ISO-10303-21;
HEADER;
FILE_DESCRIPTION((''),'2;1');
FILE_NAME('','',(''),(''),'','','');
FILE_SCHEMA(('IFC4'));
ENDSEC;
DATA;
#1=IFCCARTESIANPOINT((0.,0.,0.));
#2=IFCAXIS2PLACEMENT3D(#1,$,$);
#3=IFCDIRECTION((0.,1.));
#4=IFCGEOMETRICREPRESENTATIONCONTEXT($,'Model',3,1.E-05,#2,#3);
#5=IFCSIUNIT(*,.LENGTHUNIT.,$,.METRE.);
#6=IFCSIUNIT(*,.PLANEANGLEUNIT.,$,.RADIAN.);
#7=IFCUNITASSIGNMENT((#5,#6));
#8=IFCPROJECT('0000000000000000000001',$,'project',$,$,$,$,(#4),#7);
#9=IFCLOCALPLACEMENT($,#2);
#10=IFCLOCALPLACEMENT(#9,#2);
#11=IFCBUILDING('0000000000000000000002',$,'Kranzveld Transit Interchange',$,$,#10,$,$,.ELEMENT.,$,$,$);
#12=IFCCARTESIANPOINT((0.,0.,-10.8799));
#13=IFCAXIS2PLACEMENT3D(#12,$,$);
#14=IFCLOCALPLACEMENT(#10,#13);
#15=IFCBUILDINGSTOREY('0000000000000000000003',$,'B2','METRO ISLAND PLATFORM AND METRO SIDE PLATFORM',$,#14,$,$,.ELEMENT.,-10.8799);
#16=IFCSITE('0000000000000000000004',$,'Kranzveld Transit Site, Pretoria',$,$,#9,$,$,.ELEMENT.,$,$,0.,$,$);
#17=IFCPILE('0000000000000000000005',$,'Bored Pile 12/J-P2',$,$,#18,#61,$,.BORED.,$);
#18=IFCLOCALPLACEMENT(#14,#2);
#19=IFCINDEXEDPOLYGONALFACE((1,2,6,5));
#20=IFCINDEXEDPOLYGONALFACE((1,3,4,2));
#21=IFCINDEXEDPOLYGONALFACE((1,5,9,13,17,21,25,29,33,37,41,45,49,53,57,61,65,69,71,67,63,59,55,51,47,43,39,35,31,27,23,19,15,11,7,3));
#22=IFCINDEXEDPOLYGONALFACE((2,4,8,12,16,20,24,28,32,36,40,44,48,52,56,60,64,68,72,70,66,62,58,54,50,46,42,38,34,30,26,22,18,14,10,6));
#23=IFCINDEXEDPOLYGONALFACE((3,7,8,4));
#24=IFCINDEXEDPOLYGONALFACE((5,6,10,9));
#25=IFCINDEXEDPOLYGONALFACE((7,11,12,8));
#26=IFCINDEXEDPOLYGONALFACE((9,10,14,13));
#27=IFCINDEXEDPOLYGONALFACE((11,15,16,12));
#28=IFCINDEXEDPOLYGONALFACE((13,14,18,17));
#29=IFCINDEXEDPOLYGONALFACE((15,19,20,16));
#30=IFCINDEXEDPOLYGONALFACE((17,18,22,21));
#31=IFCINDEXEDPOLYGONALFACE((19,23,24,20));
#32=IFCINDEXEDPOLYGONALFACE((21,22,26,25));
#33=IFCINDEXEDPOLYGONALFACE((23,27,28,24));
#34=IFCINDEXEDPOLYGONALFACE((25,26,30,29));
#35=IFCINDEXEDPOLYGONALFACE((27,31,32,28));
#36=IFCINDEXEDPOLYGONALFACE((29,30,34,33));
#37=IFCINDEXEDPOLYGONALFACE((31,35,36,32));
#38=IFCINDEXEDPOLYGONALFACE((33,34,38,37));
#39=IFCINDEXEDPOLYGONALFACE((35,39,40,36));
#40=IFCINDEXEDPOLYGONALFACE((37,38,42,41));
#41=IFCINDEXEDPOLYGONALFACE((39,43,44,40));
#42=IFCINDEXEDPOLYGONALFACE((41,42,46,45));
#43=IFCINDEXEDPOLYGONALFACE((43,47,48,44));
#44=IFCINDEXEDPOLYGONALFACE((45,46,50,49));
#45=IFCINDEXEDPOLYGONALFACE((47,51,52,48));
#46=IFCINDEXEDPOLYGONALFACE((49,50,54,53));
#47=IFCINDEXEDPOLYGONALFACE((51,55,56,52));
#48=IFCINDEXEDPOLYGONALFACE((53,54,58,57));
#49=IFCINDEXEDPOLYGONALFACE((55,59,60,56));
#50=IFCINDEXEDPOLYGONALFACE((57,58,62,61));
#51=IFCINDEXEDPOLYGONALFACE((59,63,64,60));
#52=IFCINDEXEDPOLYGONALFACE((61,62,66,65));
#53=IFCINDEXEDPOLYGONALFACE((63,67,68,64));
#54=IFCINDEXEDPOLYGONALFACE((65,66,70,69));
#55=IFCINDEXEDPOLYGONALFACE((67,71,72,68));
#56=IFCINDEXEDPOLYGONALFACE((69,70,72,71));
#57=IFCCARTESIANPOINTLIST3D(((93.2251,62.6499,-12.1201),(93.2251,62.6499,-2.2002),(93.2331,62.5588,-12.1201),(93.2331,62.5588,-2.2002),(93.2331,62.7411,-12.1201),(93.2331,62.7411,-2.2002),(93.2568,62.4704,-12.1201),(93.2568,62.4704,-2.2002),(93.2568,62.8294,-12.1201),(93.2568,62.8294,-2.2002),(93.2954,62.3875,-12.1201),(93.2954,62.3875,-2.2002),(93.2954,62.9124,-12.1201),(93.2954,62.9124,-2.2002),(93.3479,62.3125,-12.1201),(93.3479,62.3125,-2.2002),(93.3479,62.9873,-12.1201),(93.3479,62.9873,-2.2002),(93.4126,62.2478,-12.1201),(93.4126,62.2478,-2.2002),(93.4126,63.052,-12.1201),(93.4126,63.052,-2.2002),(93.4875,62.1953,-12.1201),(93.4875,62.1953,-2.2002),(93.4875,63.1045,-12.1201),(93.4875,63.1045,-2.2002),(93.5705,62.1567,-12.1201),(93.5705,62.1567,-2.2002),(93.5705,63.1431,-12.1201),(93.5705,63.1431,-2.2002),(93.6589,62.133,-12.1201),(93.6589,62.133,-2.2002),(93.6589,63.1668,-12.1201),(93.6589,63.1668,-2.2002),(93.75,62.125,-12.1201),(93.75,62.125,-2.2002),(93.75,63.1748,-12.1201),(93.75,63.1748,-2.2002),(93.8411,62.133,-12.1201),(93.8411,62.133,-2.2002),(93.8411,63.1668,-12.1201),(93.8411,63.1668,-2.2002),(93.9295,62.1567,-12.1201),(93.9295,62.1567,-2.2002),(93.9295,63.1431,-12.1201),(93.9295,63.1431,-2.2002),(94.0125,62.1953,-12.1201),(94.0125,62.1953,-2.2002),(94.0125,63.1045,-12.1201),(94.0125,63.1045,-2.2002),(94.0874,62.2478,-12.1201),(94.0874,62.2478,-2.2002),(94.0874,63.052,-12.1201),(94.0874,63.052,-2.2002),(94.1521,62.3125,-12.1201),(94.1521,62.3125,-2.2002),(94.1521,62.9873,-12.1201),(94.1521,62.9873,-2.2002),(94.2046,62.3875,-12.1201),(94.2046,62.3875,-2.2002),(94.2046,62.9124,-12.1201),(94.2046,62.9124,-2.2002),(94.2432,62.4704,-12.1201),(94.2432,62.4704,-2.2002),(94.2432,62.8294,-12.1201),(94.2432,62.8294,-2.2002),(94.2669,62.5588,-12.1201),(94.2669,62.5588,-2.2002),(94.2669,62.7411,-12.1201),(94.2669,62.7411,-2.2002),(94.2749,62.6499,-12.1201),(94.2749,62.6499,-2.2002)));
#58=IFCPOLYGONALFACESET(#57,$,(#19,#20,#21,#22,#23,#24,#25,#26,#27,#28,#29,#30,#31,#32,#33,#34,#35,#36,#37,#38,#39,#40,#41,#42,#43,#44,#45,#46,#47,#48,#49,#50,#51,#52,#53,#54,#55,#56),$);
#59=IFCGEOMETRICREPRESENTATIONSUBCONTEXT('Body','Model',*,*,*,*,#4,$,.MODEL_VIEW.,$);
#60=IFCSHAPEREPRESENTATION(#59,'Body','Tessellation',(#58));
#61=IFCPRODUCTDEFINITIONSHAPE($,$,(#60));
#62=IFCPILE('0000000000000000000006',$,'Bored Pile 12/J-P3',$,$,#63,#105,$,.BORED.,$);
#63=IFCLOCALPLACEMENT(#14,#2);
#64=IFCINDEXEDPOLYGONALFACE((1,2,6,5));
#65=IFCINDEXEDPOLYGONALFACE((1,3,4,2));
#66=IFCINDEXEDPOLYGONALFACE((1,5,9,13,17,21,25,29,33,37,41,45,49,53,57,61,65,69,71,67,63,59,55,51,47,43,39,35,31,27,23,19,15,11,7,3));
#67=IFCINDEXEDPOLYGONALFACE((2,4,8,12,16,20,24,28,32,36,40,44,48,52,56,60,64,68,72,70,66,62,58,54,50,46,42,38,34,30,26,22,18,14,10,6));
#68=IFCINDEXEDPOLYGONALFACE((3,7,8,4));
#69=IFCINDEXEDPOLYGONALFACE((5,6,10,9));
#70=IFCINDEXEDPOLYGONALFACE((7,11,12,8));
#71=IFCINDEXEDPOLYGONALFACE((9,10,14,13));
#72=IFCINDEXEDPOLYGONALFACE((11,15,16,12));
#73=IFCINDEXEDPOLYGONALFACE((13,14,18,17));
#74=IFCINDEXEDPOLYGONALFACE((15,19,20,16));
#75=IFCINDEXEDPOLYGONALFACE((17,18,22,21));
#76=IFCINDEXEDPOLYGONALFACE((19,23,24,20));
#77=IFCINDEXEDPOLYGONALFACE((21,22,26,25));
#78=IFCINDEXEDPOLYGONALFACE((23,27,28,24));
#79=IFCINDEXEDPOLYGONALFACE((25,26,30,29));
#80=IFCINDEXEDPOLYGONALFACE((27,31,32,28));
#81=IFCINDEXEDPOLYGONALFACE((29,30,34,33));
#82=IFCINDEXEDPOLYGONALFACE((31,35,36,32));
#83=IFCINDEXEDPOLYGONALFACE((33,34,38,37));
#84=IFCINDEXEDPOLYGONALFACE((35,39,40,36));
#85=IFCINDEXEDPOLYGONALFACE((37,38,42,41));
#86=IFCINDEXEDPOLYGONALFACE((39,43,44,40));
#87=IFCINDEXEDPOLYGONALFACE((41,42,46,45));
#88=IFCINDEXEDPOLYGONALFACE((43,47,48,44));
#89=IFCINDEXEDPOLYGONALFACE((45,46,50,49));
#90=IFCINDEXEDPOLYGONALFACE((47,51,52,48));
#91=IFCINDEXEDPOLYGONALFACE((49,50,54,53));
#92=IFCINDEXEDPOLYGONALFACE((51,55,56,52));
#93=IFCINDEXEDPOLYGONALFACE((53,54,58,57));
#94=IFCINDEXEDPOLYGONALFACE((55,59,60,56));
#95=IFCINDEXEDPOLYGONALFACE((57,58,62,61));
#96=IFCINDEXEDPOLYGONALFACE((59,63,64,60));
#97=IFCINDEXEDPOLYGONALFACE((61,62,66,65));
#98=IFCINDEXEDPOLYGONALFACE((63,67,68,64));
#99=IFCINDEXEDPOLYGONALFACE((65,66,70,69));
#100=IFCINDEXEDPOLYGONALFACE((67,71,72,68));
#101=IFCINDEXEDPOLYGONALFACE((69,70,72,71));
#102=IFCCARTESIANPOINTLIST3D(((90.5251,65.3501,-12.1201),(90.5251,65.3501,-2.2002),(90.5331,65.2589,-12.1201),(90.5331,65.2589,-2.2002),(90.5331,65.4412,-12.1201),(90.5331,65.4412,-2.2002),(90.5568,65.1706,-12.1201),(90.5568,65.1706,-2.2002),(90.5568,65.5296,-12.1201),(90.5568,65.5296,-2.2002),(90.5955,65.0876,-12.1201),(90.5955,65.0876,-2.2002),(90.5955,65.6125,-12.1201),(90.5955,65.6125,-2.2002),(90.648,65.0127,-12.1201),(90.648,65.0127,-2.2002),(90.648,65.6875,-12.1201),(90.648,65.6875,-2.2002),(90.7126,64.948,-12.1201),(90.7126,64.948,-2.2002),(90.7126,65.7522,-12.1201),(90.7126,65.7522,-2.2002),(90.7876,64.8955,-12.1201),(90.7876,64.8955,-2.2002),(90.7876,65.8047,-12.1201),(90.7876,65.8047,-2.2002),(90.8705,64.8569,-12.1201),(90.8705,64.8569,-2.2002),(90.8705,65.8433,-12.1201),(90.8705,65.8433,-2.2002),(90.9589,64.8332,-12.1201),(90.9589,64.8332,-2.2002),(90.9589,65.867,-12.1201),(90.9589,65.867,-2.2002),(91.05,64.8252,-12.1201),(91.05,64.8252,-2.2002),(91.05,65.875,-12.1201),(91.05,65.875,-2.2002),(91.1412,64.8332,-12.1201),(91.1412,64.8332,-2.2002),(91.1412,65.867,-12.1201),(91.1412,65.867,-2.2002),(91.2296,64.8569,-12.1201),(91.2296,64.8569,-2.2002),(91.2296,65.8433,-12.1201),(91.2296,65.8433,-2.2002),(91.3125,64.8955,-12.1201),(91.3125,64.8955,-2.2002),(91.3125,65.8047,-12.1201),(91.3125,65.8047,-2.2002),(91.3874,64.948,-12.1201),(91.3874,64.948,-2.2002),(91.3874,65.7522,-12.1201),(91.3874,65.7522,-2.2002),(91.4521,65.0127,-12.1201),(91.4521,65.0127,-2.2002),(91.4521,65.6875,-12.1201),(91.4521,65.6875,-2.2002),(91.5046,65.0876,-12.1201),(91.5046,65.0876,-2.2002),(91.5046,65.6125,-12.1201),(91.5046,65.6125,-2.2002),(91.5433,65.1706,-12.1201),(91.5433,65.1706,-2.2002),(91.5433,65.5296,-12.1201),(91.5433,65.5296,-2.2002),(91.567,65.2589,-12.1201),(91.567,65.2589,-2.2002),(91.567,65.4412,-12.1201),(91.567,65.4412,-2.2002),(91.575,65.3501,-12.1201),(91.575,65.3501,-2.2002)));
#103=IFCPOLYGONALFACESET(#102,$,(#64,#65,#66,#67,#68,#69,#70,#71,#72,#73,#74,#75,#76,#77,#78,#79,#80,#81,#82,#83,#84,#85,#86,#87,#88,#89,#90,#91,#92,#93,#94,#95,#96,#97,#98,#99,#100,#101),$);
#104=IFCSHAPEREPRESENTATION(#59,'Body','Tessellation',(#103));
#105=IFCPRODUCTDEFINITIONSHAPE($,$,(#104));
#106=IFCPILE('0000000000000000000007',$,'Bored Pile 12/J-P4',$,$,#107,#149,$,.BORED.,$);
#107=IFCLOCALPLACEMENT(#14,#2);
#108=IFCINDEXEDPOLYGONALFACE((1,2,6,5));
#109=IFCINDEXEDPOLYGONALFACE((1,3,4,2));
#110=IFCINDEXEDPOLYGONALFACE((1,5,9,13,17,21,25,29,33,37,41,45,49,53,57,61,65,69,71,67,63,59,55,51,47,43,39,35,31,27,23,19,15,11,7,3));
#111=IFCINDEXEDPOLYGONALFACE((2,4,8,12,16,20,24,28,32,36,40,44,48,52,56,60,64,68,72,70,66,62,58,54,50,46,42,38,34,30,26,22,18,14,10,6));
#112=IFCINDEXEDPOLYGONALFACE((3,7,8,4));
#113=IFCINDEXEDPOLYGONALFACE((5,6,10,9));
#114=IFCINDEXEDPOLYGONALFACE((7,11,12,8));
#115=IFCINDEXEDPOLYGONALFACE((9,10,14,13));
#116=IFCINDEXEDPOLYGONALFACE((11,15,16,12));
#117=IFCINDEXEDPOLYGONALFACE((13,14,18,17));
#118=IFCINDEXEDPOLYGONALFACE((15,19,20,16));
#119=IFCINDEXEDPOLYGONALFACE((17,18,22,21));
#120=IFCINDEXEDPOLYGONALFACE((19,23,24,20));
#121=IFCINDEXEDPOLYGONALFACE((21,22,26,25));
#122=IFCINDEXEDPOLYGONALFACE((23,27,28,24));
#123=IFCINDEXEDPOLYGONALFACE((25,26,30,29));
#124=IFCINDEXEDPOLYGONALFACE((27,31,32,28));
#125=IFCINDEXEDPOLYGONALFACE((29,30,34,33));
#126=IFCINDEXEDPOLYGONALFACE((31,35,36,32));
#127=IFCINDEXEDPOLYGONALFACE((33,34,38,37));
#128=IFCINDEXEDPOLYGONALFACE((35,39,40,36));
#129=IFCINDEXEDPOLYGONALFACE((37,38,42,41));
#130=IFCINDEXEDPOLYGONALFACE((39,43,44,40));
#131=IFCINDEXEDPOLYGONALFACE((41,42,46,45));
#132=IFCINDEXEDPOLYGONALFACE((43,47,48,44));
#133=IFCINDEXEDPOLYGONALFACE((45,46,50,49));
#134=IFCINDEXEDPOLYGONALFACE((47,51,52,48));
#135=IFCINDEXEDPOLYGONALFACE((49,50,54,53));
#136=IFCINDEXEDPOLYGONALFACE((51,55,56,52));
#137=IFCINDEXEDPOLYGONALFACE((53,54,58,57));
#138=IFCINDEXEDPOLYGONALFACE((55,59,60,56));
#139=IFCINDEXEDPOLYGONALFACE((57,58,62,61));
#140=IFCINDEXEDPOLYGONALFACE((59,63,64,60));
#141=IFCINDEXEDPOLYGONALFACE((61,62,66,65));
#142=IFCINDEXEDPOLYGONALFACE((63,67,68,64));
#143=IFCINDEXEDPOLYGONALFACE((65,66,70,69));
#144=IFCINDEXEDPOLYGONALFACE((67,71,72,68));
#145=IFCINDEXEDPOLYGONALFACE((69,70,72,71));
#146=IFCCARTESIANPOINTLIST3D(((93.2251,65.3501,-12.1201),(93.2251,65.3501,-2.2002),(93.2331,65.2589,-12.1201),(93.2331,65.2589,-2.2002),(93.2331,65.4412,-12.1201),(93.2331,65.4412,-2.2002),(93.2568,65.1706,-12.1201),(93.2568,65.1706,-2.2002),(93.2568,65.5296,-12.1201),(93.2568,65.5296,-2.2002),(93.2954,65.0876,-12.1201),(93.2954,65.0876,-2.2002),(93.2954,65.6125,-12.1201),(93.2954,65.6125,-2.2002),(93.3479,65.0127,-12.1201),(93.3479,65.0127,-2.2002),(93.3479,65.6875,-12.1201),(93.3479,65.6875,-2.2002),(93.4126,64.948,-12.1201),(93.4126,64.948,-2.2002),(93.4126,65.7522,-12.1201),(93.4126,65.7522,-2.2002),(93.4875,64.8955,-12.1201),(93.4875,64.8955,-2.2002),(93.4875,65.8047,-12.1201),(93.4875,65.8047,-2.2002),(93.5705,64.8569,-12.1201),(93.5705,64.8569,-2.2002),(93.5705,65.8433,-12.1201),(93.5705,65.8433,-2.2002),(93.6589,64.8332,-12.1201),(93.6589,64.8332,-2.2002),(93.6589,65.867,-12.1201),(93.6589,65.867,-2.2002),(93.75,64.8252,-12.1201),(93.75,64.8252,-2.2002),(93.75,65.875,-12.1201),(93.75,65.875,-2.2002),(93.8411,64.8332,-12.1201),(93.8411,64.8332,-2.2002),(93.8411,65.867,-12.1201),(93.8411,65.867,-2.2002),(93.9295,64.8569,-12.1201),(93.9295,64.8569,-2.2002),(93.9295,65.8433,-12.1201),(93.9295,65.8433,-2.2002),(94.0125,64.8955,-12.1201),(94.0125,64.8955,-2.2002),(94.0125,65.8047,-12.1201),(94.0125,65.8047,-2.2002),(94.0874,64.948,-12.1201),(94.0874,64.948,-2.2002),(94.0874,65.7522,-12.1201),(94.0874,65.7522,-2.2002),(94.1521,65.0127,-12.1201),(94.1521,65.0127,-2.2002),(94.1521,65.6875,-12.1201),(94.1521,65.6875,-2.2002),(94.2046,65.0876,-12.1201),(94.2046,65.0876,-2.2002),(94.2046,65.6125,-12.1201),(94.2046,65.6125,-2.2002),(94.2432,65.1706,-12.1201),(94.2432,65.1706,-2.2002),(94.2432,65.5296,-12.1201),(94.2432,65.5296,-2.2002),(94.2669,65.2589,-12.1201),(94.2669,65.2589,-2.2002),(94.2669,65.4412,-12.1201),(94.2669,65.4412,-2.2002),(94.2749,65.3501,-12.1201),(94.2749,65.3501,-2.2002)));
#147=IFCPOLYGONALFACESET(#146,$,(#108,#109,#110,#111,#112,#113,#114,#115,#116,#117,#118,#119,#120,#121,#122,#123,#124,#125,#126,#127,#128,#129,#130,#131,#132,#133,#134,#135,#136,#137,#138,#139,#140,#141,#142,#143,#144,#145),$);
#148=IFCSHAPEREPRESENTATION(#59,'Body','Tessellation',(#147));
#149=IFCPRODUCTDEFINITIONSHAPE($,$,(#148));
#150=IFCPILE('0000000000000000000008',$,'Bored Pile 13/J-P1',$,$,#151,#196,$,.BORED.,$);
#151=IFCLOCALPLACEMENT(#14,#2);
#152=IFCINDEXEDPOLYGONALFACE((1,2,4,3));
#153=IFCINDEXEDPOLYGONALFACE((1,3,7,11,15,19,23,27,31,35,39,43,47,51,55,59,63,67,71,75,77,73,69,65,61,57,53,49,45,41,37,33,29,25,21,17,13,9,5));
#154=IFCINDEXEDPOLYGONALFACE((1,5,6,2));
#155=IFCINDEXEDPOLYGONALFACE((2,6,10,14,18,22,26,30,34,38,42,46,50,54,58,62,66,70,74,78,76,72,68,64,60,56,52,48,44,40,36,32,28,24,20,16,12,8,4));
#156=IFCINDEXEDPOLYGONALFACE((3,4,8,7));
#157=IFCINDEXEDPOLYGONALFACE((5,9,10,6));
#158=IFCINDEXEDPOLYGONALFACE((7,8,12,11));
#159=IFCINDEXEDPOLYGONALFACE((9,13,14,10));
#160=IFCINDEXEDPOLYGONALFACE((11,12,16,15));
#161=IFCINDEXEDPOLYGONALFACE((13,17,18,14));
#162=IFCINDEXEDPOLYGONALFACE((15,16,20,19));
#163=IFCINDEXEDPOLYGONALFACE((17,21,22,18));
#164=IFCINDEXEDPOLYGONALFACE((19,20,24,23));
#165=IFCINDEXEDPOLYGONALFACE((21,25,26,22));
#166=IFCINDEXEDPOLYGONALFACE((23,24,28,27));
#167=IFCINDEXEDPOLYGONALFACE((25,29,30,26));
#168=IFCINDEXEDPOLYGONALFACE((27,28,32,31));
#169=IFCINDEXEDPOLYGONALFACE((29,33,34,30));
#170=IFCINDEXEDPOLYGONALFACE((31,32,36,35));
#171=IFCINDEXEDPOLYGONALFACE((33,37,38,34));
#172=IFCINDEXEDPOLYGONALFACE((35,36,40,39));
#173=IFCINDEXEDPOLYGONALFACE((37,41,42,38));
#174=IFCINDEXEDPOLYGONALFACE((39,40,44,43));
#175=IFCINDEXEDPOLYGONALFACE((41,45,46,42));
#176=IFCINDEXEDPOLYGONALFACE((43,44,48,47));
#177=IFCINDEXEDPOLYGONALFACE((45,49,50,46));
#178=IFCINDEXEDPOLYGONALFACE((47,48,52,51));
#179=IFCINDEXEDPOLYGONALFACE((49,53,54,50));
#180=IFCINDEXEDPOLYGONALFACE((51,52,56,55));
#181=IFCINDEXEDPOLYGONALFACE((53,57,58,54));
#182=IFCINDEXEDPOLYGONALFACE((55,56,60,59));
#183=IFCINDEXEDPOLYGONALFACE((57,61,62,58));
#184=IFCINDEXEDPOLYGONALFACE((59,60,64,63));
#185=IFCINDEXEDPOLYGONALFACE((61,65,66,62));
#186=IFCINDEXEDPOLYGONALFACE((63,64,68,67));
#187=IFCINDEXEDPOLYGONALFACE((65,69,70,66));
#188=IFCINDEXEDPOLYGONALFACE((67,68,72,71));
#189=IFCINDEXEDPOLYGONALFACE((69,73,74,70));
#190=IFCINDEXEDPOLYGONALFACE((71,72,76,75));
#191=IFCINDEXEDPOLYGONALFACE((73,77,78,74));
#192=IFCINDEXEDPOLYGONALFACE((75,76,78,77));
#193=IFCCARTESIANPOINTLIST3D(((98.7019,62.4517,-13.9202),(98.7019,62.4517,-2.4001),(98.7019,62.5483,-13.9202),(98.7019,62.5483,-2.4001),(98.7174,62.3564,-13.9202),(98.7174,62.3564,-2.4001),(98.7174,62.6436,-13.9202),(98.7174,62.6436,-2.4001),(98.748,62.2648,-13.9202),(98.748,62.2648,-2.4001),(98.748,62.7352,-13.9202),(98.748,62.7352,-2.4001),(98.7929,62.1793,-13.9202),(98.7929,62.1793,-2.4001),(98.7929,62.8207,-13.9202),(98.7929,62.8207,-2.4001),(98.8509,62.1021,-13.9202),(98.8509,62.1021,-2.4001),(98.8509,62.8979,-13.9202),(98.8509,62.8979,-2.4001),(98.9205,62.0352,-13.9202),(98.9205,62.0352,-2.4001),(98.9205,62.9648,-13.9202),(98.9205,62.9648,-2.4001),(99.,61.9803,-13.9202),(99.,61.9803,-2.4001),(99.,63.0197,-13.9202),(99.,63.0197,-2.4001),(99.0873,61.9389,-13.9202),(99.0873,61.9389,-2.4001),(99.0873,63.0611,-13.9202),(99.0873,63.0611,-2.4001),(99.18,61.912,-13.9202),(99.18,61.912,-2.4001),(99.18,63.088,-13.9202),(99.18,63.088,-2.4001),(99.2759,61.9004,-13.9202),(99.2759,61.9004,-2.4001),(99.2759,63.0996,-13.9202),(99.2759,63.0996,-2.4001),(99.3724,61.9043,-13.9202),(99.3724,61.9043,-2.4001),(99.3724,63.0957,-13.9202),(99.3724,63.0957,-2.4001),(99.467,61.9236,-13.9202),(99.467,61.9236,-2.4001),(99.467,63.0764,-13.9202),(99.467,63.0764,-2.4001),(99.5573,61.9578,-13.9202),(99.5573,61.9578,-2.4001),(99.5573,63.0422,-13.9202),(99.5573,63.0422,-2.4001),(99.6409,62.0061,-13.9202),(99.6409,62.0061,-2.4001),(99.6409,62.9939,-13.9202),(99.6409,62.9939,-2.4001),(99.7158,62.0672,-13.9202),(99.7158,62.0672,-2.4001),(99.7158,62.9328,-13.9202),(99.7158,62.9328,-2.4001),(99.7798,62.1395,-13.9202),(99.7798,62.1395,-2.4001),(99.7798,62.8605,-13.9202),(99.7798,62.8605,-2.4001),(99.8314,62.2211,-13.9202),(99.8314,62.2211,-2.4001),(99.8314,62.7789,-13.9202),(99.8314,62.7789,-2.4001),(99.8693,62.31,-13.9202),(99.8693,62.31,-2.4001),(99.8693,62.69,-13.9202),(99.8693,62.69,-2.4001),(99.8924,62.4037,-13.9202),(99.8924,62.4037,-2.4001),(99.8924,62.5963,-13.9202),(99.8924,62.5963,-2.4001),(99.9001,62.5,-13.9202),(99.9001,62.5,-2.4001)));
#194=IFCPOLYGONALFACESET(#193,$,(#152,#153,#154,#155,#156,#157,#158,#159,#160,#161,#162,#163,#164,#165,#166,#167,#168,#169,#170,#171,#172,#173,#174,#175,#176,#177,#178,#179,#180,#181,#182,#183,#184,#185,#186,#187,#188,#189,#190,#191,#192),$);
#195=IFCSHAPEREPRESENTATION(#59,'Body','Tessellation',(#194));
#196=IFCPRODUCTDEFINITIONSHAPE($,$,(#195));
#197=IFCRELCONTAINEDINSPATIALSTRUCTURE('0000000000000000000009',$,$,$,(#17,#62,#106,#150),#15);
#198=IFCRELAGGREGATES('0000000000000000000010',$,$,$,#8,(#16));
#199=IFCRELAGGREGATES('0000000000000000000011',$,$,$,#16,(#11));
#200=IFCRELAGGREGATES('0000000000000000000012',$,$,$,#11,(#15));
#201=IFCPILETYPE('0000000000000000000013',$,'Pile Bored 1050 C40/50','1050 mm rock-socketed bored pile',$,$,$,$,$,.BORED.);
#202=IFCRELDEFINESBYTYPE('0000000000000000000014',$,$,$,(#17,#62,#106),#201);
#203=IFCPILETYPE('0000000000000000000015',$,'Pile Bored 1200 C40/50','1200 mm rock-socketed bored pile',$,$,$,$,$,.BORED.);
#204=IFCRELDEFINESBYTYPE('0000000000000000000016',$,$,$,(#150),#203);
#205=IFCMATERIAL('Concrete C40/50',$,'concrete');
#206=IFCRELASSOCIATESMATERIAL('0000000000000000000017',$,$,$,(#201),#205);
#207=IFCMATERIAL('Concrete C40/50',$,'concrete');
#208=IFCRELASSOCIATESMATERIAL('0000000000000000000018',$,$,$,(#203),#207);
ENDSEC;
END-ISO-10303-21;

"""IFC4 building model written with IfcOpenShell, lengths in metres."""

from ifc_helpers import new_model, si_unit, direction, frame, origin, origin_2d, place, context, subcontext, project, spatial, circle, extrude, material, material_profile, profile_set, type_object, element, save


model = new_model("IFC4")

# Units and contexts
model_context = context("Model", 3, precision=1e-05, world=origin(), true_north=direction((0.0, 1.0)))
body_context = subcontext(model_context, "Body", "Model", "MODEL_VIEW")
ifc_project = project(units=[si_unit("LENGTHUNIT", "METRE"), si_unit("PLANEANGLEUNIT", "RADIAN")], contexts=[model_context])

# Site, building, storey
site_placement = place(None, origin())
site = spatial("IfcSite", under=ifc_project, at=site_placement, Name="Kranzveld Transit Site, Pretoria", CompositionType="ELEMENT", RefElevation=0.0)
building_placement = place(site_placement, origin())
building = spatial("IfcBuilding", under=site, at=building_placement, Name="Kranzveld Transit Interchange", CompositionType="ELEMENT")
storey_placement = place(building_placement, frame((0.0, 0.0, -10.8799)))
storey = spatial("IfcBuildingStorey", under=building, at=storey_placement, Name="B2", Description="METRO ISLAND PLATFORM AND METRO SIDE PLATFORM", CompositionType="ELEMENT", Elevation=-10.8799)

# Piles
ifc_material_1 = material(Name="Concrete C40/50", Category="concrete")
ifc_material_profile_1 = material_profile(ifc_material_1, circle(Radius=0.5249, at=origin_2d()), Name="BORED PILE 1050")
ifc_profile_set_1 = profile_set([ifc_material_profile_1], Name="Concrete C40/50")
pile_type_1 = type_object("IfcPileType", Name="Pile Bored 1050 C40/50", Description="1050 mm rock-socketed bored pile", PredefinedType="BORED", material=ifc_profile_set_1)
for number, where, z_axis, x_axis, name in (
    (1, (93.75, 62.6499, -2.2002), (0.0, 0.0, -1.0), (1.0, 0.0, 0.0), "Bored Pile 12/J-P2"),
    (2, (91.05, 65.3501, -2.2002), (0.0, 0.0, -1.0), (1.0, 0.0, 0.0), "Bored Pile 12/J-P3"),
    (3, (93.75, 65.3501, -2.2002), (0.0, 0.0, -1.0), (1.0, 0.0, 0.0), "Bored Pile 12/J-P4"),
):
    element("IfcPile", number, at=place(storey_placement, frame(where, z_axis=z_axis, x_axis=x_axis)), inside=storey, type_object=pile_type_1, Name=name, PredefinedType="BORED", context=body_context, shape_type="SweptSolid", body=[
        extrude(circle(Radius=0.5249, at=origin_2d()), origin(), (0.0, 0.0, 1.0), 9.9199),
    ])
ifc_material_2 = material(Name="Concrete C40/50", Category="concrete")
ifc_material_profile_2 = material_profile(ifc_material_2, circle(Radius=0.6001, at=origin_2d()), Name="BORED PILE 1200")
ifc_profile_set_2 = profile_set([ifc_material_profile_2], Name="Concrete C40/50")
pile_type_2 = type_object("IfcPileType", Name="Pile Bored 1200 C40/50", Description="1200 mm rock-socketed bored pile", PredefinedType="BORED", material=ifc_profile_set_2)
for number, where, z_axis, x_axis, name in (
    (4, (99.3, 62.5, -2.4001), (0.0, 0.0, -1.0), (1.0, 0.0, 0.0), "Bored Pile 13/J-P1"),
):
    element("IfcPile", number, at=place(storey_placement, frame(where, z_axis=z_axis, x_axis=x_axis)), inside=storey, type_object=pile_type_2, Name=name, PredefinedType="BORED", context=body_context, shape_type="SweptSolid", body=[
        extrude(circle(Radius=0.6001, at=origin_2d()), origin(), (0.0, 0.0, 1.0), 11.52),
    ])

save(model, "model.ifc")
